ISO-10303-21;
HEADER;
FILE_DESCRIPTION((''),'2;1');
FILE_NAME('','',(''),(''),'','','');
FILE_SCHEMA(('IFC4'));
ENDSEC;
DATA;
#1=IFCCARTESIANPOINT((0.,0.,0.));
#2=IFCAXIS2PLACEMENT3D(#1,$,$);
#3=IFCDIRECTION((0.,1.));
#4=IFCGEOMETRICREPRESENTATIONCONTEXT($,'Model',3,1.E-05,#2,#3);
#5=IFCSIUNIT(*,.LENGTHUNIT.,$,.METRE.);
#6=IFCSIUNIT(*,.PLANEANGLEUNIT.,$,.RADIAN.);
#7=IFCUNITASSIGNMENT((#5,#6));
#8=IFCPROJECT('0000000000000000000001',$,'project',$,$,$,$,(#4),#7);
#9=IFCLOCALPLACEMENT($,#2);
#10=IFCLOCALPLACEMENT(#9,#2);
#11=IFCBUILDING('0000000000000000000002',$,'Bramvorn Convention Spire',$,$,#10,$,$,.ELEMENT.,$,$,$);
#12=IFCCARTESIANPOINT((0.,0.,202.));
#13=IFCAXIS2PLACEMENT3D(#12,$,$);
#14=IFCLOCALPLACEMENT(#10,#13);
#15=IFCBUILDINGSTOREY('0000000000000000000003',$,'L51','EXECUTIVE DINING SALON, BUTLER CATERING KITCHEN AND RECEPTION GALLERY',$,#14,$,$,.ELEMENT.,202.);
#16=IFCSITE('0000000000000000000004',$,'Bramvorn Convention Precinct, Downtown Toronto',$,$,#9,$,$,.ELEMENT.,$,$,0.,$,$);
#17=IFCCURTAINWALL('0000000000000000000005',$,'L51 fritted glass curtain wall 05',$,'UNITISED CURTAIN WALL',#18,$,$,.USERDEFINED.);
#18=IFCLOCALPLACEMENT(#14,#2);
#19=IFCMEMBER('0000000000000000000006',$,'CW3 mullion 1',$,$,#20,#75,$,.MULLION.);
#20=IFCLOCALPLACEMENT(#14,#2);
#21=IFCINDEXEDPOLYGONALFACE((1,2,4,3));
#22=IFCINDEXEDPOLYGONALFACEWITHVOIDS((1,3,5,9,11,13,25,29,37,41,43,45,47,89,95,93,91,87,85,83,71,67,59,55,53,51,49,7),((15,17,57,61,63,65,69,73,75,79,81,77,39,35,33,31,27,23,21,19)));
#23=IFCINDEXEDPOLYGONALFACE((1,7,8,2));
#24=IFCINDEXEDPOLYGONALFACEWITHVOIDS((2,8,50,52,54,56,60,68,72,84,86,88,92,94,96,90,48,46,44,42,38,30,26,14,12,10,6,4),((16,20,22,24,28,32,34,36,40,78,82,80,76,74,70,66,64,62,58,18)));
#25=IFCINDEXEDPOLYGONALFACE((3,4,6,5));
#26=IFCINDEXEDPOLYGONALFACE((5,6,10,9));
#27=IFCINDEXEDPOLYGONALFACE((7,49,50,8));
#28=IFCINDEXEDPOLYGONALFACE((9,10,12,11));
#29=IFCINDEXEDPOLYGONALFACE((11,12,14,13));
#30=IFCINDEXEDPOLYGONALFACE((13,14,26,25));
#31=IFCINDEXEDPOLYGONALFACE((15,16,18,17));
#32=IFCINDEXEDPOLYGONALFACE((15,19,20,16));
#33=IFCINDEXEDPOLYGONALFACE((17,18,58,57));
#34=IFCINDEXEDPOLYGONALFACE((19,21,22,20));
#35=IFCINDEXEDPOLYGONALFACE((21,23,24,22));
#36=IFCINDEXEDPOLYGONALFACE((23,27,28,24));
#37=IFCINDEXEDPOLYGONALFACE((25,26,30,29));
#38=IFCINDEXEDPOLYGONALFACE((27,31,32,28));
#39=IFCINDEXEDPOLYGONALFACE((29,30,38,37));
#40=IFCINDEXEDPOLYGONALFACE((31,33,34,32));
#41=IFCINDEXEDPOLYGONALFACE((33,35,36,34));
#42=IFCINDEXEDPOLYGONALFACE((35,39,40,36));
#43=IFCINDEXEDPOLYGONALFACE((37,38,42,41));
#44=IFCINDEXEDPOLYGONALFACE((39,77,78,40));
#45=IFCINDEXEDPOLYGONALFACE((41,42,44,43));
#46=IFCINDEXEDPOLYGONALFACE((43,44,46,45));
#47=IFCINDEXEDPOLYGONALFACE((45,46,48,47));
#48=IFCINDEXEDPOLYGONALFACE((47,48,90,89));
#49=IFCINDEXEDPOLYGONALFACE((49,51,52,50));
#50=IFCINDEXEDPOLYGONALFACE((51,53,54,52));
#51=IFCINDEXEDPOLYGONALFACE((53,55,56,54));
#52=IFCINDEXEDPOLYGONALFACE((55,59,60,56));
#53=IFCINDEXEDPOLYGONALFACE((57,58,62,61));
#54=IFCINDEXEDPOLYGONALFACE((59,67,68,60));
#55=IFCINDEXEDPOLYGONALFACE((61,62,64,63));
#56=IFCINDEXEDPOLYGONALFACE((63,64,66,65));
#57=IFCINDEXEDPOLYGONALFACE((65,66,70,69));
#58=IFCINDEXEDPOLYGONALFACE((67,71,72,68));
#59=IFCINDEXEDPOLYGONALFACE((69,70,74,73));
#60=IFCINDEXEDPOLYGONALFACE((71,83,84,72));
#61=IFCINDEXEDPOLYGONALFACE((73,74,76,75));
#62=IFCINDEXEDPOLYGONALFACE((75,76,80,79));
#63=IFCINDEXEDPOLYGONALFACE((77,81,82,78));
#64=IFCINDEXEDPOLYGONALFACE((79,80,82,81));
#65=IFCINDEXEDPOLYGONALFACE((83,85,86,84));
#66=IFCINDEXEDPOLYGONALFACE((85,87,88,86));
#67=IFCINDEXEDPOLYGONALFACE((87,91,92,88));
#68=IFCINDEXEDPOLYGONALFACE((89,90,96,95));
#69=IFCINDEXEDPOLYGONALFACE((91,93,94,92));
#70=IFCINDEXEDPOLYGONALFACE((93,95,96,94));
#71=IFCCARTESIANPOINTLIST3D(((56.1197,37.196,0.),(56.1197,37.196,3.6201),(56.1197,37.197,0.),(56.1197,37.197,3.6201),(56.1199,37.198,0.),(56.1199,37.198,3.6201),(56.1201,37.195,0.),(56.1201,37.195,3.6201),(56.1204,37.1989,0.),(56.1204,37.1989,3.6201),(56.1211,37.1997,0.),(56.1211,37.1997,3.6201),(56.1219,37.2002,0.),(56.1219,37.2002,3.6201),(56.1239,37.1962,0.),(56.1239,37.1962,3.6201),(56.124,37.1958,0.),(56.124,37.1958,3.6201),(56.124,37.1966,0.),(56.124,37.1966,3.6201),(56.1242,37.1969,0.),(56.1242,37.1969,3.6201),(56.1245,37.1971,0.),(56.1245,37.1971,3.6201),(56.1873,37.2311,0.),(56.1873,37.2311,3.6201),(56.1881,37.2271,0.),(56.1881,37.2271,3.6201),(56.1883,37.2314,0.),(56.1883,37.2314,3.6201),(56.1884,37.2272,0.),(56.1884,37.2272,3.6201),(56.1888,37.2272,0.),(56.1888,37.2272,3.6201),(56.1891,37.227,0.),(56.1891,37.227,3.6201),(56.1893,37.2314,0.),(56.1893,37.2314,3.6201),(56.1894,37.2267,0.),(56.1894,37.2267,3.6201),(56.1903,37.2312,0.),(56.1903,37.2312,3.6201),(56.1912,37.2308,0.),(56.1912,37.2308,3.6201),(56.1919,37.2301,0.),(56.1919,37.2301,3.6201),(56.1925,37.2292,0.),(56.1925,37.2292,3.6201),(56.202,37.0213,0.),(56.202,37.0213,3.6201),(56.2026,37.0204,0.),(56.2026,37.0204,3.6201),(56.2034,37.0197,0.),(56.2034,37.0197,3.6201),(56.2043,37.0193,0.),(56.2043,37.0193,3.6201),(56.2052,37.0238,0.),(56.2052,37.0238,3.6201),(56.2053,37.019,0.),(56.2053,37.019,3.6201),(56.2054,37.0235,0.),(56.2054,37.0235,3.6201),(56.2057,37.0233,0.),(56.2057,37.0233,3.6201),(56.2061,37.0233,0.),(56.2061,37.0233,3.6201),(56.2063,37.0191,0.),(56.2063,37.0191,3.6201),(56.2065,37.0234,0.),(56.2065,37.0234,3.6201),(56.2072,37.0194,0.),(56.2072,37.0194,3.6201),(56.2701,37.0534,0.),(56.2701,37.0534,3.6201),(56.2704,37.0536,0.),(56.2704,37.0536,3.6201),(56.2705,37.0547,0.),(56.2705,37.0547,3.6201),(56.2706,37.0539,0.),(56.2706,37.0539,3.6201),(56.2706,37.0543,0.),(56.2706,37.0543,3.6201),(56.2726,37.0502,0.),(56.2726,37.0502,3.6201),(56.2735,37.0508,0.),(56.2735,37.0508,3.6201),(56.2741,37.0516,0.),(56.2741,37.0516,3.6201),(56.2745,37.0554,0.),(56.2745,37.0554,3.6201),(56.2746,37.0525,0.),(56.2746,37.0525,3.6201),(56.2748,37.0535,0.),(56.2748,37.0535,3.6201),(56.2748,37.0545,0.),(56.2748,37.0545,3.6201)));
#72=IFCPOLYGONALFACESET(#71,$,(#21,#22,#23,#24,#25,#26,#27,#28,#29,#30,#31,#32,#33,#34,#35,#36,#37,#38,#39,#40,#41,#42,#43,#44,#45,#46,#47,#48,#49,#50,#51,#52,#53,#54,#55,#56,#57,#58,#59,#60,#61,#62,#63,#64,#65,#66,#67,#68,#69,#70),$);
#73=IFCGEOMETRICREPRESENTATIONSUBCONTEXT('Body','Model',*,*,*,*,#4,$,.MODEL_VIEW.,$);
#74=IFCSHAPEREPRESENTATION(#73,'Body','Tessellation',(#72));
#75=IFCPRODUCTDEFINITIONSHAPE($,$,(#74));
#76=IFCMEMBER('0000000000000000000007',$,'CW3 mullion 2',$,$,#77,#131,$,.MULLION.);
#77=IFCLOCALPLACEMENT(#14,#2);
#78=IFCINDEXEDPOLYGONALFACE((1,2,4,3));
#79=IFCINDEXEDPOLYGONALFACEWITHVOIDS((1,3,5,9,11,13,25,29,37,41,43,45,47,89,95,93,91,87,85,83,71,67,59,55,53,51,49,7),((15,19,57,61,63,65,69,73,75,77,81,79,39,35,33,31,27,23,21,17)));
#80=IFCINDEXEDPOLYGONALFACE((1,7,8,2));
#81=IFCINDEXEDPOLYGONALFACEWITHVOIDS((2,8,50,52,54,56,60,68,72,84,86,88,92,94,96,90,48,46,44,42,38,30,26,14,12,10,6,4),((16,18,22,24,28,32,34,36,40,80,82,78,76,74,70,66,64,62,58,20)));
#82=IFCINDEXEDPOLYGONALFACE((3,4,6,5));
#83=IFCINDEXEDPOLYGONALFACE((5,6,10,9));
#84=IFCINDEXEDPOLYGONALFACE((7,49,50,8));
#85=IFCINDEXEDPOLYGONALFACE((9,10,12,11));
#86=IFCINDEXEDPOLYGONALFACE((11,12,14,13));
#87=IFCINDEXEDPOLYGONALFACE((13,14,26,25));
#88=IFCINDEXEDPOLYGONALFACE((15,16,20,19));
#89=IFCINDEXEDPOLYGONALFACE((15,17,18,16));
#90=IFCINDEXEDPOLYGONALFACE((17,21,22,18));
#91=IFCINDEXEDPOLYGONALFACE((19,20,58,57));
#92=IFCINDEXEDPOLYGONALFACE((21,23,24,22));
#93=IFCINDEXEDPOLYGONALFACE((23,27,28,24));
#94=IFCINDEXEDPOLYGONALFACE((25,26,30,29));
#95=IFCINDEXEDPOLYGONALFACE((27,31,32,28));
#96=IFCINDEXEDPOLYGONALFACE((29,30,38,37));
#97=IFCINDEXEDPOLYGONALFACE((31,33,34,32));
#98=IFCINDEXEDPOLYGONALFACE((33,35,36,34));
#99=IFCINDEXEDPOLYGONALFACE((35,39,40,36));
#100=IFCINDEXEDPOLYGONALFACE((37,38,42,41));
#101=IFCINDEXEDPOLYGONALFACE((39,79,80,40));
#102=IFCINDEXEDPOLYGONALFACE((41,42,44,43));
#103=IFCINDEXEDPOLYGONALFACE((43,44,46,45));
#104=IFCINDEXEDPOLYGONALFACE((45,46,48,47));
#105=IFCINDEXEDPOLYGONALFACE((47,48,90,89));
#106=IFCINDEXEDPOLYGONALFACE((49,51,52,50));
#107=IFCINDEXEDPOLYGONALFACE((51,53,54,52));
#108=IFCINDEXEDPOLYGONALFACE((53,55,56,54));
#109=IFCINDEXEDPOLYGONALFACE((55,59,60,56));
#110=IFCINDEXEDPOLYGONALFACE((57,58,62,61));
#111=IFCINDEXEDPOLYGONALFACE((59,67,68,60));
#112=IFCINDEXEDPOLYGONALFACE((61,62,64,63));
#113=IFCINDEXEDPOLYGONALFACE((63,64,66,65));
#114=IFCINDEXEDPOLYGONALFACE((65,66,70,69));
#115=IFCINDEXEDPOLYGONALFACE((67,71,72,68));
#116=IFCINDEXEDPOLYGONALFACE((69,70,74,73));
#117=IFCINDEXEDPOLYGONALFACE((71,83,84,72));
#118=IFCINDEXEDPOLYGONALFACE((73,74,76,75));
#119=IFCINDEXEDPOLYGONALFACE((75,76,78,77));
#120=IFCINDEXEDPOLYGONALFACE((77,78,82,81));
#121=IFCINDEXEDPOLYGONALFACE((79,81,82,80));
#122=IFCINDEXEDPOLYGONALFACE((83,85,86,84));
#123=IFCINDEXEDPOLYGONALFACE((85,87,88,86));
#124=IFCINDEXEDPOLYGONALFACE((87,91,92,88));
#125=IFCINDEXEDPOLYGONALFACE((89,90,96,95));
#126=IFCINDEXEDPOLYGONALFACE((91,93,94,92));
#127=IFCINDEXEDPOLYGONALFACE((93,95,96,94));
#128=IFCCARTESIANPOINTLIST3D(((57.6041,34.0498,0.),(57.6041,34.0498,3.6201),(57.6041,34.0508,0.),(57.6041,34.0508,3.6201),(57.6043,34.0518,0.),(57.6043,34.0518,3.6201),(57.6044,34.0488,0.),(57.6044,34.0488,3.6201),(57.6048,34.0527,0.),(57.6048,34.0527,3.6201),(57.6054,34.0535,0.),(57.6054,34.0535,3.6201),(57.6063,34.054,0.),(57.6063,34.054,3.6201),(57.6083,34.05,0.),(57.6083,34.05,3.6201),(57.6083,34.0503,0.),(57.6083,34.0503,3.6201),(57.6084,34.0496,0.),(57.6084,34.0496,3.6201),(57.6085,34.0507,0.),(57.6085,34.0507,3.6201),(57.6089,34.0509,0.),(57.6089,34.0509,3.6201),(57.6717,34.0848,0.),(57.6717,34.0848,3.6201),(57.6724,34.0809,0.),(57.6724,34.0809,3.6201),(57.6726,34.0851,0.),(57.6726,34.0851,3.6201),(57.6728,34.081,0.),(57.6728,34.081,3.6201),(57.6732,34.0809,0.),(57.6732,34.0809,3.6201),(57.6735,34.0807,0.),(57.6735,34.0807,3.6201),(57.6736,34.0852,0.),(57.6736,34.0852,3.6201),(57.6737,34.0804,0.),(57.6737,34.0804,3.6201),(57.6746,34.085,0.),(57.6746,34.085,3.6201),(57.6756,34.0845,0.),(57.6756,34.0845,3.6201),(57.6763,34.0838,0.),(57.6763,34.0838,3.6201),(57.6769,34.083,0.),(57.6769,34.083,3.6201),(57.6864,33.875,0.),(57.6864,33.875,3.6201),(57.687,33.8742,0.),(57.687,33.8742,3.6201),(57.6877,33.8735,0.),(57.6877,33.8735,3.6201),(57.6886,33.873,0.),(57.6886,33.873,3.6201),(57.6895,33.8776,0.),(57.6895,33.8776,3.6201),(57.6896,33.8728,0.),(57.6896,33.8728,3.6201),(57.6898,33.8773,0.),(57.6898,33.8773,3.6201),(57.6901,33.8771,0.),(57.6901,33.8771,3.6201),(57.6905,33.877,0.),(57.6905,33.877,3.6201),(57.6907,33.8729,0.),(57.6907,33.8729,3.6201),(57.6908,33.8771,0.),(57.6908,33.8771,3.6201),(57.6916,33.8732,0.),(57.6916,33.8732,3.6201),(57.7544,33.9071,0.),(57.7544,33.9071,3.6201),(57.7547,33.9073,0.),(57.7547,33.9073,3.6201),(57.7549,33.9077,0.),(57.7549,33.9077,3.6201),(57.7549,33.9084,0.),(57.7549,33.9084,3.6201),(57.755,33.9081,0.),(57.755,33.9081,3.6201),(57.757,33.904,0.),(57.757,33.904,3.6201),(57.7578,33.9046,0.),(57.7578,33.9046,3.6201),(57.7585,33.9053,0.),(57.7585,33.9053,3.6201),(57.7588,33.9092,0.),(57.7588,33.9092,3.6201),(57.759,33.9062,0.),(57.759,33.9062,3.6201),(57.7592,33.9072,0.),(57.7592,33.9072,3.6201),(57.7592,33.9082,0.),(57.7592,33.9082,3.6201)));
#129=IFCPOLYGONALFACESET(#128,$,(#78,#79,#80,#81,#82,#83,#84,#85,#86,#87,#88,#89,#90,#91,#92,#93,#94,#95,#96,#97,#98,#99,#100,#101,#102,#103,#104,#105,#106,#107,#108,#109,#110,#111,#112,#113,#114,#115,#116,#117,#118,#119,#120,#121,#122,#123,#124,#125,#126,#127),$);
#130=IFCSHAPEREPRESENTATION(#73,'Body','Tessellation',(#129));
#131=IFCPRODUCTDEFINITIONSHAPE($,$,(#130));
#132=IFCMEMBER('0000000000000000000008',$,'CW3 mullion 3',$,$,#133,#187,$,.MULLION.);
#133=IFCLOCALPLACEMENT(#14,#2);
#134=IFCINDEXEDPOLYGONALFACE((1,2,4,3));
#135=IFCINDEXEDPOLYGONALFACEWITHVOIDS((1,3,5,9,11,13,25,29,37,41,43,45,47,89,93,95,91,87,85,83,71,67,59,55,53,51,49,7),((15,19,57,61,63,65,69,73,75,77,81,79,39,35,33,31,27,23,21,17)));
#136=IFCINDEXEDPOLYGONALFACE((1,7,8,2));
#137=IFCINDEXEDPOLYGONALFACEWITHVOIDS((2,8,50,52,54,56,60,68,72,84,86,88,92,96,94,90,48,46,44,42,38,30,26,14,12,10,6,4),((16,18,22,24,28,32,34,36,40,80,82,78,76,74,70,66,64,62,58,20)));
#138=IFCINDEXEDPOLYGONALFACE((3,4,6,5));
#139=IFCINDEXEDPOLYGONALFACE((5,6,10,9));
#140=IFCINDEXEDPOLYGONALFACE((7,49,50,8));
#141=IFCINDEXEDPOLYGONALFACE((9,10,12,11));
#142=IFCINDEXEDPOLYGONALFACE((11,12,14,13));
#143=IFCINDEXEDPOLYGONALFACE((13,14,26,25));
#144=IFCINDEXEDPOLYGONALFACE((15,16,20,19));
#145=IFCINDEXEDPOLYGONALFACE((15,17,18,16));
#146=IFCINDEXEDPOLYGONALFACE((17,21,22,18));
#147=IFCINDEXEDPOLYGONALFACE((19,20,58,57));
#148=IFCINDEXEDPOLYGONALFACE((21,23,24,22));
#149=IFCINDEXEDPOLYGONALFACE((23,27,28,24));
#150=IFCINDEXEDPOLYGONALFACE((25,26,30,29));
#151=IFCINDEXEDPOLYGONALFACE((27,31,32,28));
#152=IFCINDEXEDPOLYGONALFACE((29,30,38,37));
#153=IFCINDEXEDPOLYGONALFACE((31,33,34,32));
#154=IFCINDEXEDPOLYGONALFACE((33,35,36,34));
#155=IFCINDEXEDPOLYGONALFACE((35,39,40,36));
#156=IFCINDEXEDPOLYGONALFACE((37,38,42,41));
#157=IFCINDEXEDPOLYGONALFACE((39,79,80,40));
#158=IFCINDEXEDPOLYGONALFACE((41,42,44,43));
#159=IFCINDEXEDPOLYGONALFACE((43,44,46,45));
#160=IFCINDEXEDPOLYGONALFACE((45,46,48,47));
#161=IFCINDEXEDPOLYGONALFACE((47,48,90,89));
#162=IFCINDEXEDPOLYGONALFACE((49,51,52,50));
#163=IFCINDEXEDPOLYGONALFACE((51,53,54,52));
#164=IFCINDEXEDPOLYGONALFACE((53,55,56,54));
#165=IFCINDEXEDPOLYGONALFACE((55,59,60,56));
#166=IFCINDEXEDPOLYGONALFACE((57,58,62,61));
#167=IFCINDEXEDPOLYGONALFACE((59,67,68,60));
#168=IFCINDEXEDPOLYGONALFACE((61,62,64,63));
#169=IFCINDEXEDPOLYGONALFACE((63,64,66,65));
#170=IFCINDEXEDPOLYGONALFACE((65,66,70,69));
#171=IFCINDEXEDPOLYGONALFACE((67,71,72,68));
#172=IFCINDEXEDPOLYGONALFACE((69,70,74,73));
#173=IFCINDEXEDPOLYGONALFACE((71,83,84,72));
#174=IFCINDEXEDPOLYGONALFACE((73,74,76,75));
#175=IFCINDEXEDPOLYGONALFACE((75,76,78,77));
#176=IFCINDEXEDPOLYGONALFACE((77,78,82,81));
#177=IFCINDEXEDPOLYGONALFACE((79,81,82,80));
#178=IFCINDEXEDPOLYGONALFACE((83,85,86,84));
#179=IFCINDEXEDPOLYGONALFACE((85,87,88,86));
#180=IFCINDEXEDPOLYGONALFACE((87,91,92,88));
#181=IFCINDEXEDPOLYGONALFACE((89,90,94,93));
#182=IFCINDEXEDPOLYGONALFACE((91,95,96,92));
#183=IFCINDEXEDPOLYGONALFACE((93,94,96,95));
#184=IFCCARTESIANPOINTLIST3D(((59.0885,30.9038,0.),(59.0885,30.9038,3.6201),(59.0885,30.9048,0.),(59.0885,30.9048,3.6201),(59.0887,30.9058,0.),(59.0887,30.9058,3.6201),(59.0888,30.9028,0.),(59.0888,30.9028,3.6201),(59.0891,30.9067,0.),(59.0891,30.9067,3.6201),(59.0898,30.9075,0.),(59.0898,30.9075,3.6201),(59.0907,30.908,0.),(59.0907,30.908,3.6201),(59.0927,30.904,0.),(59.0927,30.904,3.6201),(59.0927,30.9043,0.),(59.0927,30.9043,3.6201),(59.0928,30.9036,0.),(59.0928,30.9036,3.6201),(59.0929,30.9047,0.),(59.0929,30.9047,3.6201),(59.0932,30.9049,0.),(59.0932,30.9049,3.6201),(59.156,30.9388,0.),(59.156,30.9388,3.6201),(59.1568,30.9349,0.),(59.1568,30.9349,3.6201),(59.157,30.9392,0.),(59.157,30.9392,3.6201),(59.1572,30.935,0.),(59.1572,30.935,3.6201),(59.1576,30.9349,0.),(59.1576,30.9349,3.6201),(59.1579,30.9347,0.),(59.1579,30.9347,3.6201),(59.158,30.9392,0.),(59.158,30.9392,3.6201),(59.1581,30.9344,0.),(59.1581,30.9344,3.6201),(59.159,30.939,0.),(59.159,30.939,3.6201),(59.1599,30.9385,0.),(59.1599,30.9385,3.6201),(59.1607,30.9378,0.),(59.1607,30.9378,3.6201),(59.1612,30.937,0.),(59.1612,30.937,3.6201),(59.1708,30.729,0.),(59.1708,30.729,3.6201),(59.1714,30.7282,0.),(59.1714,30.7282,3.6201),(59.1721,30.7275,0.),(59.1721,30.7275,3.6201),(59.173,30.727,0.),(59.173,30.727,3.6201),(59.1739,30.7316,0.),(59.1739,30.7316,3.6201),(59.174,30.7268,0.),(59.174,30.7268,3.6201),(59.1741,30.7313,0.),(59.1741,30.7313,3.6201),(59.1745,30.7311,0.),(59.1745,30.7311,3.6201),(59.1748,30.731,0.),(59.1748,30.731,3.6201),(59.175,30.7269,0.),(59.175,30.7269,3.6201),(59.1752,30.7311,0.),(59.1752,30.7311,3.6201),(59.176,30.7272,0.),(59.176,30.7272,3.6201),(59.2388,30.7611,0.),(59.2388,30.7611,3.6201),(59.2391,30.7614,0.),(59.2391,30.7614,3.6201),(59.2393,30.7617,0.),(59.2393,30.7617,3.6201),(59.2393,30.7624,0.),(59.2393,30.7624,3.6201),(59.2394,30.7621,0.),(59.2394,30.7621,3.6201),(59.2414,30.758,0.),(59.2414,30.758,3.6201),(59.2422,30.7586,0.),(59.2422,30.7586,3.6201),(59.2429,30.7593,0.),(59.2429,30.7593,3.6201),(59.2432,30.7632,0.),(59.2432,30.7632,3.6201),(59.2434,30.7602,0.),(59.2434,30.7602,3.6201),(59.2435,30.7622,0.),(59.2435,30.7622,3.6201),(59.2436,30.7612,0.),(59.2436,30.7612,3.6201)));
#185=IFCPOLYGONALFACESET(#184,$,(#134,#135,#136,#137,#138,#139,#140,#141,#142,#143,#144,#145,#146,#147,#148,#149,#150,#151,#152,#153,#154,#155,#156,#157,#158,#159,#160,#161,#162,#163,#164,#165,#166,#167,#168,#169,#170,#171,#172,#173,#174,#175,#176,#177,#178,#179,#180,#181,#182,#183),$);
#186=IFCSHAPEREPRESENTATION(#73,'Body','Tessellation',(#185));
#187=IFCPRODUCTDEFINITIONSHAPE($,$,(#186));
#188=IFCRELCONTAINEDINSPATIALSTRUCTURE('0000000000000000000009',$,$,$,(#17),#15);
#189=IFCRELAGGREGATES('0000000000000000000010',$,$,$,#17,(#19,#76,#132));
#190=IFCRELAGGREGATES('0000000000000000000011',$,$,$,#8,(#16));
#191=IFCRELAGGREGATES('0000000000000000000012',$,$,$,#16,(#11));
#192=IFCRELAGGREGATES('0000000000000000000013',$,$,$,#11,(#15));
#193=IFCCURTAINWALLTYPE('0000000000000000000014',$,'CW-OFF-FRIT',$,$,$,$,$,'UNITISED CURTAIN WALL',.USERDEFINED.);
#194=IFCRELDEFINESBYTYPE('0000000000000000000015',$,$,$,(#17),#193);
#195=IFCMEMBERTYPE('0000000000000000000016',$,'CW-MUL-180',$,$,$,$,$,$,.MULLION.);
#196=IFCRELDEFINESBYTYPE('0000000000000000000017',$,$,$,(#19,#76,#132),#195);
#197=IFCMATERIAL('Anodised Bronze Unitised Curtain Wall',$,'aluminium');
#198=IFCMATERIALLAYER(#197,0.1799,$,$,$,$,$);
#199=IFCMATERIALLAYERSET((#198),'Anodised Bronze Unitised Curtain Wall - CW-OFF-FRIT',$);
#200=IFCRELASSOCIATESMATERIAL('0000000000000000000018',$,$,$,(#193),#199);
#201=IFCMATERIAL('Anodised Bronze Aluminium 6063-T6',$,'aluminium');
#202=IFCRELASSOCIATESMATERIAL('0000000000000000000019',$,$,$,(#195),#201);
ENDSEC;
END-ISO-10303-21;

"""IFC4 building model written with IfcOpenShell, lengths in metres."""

from ifc_helpers import new_model, si_unit, direction, frame, origin, origin_2d, place, context, subcontext, project, spatial, hollow_rectangle, extrude, material, layer, layer_set, material_profile, profile_set, type_object, element, aggregate, save


model = new_model("IFC4")

# Units and contexts
model_context = context("Model", 3, precision=1e-05, world=origin(), true_north=direction((0.0, 1.0)))
body_context = subcontext(model_context, "Body", "Model", "MODEL_VIEW")
ifc_project = project(units=[si_unit("LENGTHUNIT", "METRE"), si_unit("PLANEANGLEUNIT", "RADIAN")], contexts=[model_context])

# Site, building, storey
site_placement = place(None, origin())
site = spatial("IfcSite", under=ifc_project, at=site_placement, Name="Bramvorn Convention Precinct, Downtown Toronto", CompositionType="ELEMENT", RefElevation=0.0)
building_placement = place(site_placement, origin())
building = spatial("IfcBuilding", under=site, at=building_placement, Name="Bramvorn Convention Spire", CompositionType="ELEMENT")
storey_placement = place(building_placement, frame((0.0, 0.0, 202.0)))
storey = spatial("IfcBuildingStorey", under=building, at=storey_placement, Name="L51", Description="EXECUTIVE DINING SALON, BUTLER CATERING KITCHEN AND RECEPTION GALLERY", CompositionType="ELEMENT", Elevation=202.0)

# Curtain wall, members
ifc_material_1 = material(Name="Anodised Bronze Unitised Curtain Wall", Category="aluminium")
ifc_layer_1 = layer(ifc_material_1, 0.1799)
ifc_layer_set_1 = layer_set([ifc_layer_1], Name="Anodised Bronze Unitised Curtain Wall - CW-OFF-FRIT")
curtain_wall_type = type_object("IfcCurtainWallType", Name="CW-OFF-FRIT", ElementType="UNITISED CURTAIN WALL", PredefinedType="USERDEFINED", material=ifc_layer_set_1)
curtain_wall_1_placement = place(storey_placement, origin())
curtain_wall_1 = element("IfcCurtainWall", 1, at=curtain_wall_1_placement, inside=storey, type_object=curtain_wall_type, Name="L51 fritted glass curtain wall 05", ObjectType="UNITISED CURTAIN WALL", PredefinedType="USERDEFINED")
ifc_material_2 = material(Name="Anodised Bronze Aluminium 6063-T6", Category="aluminium")
ifc_material_profile_1 = material_profile(ifc_material_2, hollow_rectangle(XDim=0.0801, YDim=0.2, WallThickness=0.0039, InnerFilletRadius=0.001, OuterFilletRadius=0.0039, at=origin_2d()))
ifc_profile_set_1 = profile_set([ifc_material_profile_1], Name="Anodised Bronze Aluminium 6063-T6 - CWM80X200")
member_type_1 = type_object("IfcMemberType", Name="CW-MUL-180", PredefinedType="MULLION", material=ifc_profile_set_1)
member_1_placement = place(storey_placement, frame((56.1973, 37.1252, 0.0), z_axis=(0.0, 0.0, 1.0), x_axis=(0.904386, 0.426714, 0.0)))
member_1 = element("IfcMember", 2, at=member_1_placement, type_object=member_type_1, Name="CW3 mullion 1", PredefinedType="MULLION", context=body_context, shape_type="SweptSolid", body=[
    extrude(hollow_rectangle(XDim=0.0801, YDim=0.2, WallThickness=0.0039, InnerFilletRadius=0.001, OuterFilletRadius=0.0039, at=origin_2d()), origin(), (0.0, 0.0, 1.0), 3.6201),
])
member_2_placement = place(storey_placement, frame((57.6816, 33.979, 0.0), z_axis=(0.0, 0.0, 1.0), x_axis=(0.904386, 0.426714, 0.0)))
member_2 = element("IfcMember", 3, at=member_2_placement, type_object=member_type_1, Name="CW3 mullion 2", PredefinedType="MULLION", context=body_context, shape_type="SweptSolid", body=[
    extrude(hollow_rectangle(XDim=0.0801, YDim=0.2, WallThickness=0.0039, InnerFilletRadius=0.001, OuterFilletRadius=0.0039, at=origin_2d()), origin(), (0.0, 0.0, 1.0), 3.6201),
])
member_3_placement = place(storey_placement, frame((59.166, 30.833, 0.0), z_axis=(0.0, 0.0, 1.0), x_axis=(0.904386, 0.426714, 0.0)))
member_3 = element("IfcMember", 4, at=member_3_placement, type_object=member_type_1, Name="CW3 mullion 3", PredefinedType="MULLION", context=body_context, shape_type="SweptSolid", body=[
    extrude(hollow_rectangle(XDim=0.0801, YDim=0.2, WallThickness=0.0039, InnerFilletRadius=0.001, OuterFilletRadius=0.0039, at=origin_2d()), origin(), (0.0, 0.0, 1.0), 3.6201),
])

aggregate(curtain_wall_1, [member_1, member_2, member_3])

save(model, "model.ifc")
